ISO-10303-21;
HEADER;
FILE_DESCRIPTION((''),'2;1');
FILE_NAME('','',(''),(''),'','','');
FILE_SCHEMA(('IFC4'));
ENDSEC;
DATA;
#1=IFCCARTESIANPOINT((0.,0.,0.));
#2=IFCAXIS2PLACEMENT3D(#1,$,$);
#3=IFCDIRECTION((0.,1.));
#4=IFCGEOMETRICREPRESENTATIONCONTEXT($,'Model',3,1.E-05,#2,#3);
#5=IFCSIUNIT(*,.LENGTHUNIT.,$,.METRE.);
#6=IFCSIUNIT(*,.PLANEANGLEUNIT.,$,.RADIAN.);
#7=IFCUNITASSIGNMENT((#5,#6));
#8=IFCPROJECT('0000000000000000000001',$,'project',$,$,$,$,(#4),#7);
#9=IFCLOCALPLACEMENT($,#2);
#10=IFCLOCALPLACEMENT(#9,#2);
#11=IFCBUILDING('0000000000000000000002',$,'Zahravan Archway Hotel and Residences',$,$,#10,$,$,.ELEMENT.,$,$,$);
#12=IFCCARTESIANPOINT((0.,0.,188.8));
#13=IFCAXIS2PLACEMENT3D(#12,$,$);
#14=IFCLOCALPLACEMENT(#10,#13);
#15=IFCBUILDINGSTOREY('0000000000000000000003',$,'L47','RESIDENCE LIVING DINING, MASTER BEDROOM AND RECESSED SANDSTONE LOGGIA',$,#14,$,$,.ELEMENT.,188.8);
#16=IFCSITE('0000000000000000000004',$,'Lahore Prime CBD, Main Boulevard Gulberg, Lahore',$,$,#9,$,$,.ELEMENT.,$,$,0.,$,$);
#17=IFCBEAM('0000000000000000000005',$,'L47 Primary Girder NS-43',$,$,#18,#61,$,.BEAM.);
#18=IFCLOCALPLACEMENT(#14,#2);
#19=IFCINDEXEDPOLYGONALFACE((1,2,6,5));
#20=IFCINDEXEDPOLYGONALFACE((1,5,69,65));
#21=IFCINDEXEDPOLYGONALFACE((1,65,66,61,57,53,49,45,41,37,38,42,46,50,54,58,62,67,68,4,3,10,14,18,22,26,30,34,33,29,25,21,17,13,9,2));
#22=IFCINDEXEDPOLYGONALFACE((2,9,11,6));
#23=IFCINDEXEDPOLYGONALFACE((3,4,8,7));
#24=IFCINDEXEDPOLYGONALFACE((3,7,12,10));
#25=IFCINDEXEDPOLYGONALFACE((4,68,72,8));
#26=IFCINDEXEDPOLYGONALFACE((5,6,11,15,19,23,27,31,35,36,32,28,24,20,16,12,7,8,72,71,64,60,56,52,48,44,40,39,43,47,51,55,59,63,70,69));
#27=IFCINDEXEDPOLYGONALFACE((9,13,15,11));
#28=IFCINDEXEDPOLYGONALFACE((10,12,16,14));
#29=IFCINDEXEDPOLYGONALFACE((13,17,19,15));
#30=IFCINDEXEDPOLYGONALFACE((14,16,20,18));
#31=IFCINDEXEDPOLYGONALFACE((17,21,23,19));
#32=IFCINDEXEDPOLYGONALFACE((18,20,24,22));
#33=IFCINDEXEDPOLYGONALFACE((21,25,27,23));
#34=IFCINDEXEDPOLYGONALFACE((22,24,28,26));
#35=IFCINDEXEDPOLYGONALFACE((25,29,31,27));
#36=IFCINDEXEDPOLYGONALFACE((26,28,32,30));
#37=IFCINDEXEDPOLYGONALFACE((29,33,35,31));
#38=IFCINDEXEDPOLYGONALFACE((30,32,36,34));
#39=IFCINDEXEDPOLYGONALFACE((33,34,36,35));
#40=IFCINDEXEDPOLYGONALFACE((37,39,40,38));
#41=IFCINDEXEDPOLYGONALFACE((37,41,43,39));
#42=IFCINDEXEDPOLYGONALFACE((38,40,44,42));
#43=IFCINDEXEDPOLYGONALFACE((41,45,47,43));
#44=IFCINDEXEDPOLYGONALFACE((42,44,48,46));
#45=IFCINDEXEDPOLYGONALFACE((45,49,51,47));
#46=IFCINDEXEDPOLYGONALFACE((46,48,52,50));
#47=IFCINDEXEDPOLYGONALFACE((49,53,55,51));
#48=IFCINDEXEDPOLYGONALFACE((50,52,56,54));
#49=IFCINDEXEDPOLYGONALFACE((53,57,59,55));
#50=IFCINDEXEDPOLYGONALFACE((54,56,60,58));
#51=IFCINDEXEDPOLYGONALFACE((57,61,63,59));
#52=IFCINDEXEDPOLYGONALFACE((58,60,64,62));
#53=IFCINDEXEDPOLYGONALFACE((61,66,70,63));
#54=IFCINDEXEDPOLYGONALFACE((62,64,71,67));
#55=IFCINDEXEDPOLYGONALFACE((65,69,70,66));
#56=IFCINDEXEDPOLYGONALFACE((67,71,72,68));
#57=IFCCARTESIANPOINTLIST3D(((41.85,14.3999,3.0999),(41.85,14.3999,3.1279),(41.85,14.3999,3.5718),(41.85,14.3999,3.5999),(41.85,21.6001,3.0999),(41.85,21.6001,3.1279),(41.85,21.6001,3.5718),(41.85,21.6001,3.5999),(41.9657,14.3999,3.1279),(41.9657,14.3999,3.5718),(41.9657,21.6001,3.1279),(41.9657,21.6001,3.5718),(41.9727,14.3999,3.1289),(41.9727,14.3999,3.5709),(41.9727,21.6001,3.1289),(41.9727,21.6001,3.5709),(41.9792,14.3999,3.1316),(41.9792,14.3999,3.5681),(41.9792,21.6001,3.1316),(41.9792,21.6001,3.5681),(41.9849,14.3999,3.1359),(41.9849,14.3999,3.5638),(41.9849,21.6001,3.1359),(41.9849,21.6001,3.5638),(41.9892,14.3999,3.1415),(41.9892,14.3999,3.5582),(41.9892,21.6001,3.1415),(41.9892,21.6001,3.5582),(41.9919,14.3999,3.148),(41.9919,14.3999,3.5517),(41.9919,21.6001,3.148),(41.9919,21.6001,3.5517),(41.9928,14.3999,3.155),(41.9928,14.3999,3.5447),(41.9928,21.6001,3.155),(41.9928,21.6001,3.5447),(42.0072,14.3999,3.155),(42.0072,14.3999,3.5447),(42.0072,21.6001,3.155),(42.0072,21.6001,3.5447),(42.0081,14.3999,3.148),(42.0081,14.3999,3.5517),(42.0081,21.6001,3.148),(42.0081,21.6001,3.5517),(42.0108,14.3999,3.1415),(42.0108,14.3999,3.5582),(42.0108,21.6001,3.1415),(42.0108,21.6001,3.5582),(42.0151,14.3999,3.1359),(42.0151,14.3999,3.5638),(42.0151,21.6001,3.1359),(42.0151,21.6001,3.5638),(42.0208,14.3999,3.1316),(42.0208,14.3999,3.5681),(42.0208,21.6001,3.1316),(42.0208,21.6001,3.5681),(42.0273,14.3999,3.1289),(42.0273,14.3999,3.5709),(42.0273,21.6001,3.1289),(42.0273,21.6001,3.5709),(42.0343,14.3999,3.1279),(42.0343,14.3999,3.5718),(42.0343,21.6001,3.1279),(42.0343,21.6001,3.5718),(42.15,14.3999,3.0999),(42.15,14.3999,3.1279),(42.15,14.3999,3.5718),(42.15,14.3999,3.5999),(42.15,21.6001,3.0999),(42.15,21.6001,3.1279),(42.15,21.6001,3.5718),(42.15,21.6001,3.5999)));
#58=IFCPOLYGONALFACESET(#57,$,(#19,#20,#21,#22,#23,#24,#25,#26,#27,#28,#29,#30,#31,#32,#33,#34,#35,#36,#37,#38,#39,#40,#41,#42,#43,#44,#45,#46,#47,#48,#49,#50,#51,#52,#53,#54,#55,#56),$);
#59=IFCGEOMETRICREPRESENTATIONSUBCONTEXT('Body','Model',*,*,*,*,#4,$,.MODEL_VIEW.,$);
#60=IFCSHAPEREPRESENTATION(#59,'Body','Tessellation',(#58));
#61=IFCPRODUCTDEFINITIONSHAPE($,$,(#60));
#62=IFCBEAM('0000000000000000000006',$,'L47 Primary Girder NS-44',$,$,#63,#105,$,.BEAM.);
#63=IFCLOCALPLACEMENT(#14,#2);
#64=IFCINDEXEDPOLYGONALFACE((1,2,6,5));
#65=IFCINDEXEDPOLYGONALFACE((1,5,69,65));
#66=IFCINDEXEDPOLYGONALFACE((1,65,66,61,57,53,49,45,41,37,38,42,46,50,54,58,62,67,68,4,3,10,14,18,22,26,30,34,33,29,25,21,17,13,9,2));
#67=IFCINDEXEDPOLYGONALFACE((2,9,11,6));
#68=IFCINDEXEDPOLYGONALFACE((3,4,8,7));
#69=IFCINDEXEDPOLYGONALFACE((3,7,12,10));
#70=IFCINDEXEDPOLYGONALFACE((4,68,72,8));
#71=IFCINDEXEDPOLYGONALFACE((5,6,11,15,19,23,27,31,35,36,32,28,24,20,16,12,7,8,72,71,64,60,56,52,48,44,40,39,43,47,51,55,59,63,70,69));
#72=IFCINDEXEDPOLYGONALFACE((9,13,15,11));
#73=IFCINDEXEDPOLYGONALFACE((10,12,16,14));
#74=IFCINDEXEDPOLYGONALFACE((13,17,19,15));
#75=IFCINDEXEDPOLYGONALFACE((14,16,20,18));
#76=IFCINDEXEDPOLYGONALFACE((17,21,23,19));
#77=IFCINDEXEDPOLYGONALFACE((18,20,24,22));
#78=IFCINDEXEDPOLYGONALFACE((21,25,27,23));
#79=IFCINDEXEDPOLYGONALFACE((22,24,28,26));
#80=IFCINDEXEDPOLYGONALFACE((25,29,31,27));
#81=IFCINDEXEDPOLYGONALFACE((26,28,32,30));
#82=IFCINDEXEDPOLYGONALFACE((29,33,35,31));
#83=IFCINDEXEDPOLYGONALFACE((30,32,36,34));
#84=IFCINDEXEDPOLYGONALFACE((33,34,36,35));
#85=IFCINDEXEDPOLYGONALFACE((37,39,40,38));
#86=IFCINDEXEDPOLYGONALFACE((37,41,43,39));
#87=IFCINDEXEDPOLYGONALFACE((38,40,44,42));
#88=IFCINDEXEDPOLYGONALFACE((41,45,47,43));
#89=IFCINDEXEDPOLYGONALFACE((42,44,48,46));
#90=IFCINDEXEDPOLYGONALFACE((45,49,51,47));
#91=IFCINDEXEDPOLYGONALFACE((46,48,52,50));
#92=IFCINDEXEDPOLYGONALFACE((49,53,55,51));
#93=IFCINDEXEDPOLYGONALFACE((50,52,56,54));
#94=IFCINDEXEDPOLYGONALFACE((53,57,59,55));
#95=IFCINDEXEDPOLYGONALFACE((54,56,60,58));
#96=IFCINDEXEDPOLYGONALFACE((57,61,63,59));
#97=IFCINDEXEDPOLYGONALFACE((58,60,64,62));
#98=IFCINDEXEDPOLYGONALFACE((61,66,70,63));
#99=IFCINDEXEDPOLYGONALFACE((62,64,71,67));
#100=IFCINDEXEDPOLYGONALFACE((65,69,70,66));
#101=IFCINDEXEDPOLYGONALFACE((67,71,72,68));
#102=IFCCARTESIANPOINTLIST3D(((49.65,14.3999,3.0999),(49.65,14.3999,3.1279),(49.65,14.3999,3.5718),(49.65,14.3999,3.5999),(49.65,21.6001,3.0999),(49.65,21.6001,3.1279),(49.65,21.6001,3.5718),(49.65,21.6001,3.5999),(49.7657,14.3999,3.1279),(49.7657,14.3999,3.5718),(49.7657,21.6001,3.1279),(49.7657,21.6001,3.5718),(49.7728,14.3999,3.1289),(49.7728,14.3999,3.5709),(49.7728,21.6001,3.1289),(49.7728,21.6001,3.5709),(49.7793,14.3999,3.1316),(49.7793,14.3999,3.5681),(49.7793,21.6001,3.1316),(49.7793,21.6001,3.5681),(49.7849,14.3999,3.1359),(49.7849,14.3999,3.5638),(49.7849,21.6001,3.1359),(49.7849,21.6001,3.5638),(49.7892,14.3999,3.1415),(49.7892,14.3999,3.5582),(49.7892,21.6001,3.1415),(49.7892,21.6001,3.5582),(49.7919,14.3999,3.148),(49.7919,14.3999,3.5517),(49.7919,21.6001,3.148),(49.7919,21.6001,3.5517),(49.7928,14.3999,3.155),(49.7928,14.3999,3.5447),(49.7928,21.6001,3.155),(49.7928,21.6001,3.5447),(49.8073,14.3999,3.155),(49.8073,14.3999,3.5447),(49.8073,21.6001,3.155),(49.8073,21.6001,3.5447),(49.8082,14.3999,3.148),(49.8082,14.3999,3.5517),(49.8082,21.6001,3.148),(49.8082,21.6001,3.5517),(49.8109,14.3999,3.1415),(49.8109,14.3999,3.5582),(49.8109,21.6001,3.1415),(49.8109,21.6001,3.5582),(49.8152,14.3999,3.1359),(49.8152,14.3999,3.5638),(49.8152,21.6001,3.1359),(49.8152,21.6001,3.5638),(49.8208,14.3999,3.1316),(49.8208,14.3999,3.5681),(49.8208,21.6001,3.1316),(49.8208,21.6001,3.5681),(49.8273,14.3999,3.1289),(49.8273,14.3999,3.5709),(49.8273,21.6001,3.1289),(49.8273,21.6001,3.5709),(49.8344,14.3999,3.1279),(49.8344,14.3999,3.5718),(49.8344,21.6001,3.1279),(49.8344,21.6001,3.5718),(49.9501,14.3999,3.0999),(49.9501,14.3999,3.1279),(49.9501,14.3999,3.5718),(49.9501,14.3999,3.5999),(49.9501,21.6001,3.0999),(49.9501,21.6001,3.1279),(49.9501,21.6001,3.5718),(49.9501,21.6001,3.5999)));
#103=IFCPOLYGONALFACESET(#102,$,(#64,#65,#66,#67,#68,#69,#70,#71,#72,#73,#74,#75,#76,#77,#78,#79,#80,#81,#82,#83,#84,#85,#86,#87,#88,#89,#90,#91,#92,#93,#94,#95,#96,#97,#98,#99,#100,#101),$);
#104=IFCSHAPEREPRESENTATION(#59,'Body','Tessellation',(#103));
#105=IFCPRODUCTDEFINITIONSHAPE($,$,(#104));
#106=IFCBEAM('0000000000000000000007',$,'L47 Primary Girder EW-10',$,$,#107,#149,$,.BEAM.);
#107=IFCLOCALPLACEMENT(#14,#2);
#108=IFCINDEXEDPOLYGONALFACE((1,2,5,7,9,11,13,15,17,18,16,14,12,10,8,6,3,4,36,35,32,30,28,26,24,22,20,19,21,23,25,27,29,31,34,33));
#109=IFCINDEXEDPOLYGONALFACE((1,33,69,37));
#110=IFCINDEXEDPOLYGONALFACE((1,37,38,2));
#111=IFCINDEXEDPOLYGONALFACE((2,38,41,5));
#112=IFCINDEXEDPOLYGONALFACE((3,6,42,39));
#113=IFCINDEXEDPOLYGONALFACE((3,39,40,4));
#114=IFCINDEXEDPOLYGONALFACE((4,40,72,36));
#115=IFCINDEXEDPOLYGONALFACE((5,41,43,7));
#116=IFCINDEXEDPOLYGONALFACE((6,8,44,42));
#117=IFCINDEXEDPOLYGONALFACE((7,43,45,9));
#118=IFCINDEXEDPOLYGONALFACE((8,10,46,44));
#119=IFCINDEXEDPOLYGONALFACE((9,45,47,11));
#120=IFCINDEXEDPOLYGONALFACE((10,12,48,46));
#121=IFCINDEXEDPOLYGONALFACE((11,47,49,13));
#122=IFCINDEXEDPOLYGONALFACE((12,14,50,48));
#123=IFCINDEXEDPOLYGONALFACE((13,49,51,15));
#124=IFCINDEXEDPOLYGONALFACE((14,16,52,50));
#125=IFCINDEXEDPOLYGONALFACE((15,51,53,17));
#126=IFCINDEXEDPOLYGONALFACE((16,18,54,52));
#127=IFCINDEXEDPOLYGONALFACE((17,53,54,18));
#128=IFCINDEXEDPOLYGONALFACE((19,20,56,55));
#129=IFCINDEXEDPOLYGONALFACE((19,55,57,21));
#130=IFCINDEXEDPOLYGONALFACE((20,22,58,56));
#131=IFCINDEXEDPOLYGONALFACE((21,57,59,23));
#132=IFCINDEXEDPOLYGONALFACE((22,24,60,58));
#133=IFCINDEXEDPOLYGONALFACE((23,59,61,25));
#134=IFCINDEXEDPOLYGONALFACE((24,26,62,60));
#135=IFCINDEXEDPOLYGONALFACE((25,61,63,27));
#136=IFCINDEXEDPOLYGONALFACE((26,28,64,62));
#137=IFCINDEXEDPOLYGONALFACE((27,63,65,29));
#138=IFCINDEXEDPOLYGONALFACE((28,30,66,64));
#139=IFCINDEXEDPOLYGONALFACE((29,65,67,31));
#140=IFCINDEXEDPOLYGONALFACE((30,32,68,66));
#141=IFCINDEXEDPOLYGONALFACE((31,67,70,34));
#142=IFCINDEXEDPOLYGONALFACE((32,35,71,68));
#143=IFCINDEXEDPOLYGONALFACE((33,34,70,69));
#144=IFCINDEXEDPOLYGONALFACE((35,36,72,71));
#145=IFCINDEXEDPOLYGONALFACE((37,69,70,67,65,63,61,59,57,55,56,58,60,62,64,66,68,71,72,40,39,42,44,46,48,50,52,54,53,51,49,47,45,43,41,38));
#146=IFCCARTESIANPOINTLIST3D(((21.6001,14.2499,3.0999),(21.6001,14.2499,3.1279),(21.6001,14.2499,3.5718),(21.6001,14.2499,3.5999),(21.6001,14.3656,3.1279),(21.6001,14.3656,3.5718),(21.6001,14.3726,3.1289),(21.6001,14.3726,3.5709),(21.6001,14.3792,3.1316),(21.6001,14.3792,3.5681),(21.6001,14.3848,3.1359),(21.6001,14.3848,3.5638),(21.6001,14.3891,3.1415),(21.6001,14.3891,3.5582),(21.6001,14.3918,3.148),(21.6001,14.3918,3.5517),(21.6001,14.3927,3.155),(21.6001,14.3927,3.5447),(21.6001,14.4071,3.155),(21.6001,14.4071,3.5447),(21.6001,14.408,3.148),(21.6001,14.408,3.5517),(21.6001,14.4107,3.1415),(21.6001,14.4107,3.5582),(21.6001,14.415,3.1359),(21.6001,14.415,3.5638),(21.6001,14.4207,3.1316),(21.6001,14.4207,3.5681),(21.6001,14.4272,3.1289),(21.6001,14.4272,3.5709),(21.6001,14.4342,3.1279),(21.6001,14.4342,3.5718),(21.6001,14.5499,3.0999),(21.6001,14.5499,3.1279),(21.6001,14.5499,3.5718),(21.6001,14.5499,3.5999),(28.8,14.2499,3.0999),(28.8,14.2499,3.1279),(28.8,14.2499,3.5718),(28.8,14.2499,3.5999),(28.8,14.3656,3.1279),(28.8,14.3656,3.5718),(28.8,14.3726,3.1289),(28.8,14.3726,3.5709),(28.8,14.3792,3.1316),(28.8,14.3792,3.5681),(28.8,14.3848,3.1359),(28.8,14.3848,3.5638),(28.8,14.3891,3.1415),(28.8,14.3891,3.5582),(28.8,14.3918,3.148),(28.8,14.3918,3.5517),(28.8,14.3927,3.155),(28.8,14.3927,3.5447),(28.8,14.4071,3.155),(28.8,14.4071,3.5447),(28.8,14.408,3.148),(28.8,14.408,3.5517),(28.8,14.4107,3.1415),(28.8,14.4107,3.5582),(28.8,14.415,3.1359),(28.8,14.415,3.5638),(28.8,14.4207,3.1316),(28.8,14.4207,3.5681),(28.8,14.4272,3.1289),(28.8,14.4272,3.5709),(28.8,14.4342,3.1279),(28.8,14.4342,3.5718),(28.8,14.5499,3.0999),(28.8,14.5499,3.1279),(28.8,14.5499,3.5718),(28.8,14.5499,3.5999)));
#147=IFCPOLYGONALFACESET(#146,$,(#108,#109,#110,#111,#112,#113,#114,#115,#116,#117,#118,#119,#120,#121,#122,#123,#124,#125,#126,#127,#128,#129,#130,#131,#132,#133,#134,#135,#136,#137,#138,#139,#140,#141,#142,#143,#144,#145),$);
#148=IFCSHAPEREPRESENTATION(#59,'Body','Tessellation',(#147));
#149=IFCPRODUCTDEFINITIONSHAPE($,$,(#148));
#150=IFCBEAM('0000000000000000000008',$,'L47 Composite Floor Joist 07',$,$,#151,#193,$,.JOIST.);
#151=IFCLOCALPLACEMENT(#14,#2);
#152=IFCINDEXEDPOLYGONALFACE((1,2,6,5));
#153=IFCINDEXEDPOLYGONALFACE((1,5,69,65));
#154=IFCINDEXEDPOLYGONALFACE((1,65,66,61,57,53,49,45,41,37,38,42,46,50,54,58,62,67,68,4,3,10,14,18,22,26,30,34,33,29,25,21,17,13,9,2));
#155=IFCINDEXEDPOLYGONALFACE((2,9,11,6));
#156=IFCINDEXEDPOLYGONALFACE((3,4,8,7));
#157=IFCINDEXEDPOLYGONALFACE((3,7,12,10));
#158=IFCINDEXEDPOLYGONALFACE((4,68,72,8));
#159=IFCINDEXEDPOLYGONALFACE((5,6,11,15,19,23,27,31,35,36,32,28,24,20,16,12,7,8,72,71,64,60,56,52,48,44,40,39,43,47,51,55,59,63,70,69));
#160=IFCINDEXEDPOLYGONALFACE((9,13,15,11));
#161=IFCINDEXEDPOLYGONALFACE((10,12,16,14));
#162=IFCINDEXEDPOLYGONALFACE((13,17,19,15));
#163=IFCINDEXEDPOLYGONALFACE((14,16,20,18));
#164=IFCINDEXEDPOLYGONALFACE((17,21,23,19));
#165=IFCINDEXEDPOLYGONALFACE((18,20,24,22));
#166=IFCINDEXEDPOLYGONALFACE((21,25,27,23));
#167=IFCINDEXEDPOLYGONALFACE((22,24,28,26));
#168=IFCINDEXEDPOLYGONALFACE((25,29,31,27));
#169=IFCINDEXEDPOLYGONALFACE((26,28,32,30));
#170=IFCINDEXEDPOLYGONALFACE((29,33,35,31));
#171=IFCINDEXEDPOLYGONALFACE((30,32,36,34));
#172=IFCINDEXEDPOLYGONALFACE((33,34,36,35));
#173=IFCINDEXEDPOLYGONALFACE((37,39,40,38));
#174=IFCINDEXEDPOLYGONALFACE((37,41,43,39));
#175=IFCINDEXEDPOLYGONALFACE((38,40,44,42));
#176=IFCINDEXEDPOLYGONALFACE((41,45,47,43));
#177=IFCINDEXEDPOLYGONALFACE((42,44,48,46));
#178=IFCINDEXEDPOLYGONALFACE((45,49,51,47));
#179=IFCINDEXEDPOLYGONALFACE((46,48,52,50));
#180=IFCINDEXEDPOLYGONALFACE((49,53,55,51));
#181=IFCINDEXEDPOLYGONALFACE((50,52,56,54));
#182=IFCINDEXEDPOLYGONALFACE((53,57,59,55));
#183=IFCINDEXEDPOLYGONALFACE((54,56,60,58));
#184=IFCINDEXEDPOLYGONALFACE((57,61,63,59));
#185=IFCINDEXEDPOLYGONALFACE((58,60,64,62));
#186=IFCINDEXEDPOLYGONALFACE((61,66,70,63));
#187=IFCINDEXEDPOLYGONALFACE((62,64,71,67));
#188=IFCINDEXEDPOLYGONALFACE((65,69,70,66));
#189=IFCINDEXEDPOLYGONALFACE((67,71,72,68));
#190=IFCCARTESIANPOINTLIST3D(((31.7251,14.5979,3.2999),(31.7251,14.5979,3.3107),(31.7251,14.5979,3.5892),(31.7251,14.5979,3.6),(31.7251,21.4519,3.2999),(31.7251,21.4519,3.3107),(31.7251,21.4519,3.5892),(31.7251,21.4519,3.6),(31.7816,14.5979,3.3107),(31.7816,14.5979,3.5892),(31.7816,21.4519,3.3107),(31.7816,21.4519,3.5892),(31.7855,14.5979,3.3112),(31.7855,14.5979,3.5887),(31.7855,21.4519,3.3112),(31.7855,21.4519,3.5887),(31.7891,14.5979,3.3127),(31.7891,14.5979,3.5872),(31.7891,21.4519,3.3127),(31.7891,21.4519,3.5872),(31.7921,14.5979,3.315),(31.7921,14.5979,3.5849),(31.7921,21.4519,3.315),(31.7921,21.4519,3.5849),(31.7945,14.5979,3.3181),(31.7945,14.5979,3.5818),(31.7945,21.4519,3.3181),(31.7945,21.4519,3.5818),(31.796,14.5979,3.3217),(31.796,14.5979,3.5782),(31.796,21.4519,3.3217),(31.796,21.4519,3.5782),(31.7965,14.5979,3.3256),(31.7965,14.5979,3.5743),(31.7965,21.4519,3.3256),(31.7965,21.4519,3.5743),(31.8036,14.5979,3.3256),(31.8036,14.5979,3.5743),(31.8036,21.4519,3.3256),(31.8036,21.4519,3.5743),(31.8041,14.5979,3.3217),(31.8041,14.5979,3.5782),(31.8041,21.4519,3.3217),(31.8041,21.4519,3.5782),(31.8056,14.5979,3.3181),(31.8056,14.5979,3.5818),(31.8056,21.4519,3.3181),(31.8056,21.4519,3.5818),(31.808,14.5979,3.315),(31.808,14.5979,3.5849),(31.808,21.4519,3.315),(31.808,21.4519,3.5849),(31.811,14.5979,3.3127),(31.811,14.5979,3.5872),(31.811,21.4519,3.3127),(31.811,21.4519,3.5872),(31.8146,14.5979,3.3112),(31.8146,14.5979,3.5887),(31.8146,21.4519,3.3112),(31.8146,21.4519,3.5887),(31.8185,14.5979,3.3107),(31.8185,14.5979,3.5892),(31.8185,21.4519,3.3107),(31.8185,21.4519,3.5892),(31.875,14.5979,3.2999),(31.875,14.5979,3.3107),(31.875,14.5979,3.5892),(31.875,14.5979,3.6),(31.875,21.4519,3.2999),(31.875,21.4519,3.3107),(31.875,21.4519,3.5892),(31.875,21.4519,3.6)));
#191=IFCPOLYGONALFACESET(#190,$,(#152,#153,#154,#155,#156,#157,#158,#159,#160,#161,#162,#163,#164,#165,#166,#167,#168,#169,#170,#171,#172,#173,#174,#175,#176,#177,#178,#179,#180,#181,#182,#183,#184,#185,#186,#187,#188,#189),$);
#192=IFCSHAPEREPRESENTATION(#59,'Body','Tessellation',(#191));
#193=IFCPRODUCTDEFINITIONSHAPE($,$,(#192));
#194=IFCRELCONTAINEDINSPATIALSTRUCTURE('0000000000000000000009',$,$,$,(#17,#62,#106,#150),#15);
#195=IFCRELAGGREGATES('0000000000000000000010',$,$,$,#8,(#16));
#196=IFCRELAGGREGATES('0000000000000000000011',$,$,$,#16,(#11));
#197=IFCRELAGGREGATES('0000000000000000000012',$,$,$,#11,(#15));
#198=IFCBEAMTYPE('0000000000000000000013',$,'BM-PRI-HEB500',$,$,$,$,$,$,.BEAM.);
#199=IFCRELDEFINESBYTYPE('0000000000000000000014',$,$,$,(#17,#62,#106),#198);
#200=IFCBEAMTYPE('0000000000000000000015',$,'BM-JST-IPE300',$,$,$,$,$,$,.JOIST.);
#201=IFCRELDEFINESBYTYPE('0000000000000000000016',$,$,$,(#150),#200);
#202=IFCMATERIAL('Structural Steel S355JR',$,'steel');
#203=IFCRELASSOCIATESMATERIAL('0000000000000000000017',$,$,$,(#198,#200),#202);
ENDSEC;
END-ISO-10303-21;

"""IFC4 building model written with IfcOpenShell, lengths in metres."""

from ifc_helpers import new_model, si_unit, direction, frame, origin, origin_2d, place, context, subcontext, project, spatial, i_section, extrude, source, transform, mapped, material, material_profile, profile_set, type_object, type_shapes, element, save


model = new_model("IFC4")

# Units and contexts
model_context = context("Model", 3, precision=1e-05, world=origin(), true_north=direction((0.0, 1.0)))
body_context = subcontext(model_context, "Body", "Model", "MODEL_VIEW")
ifc_project = project(units=[si_unit("LENGTHUNIT", "METRE"), si_unit("PLANEANGLEUNIT", "RADIAN")], contexts=[model_context])

# Site, building, storey
site_placement = place(None, origin())
site = spatial("IfcSite", under=ifc_project, at=site_placement, Name="Lahore Prime CBD, Main Boulevard Gulberg, Lahore", CompositionType="ELEMENT", RefElevation=0.0)
building_placement = place(site_placement, origin())
building = spatial("IfcBuilding", under=site, at=building_placement, Name="Zahravan Archway Hotel and Residences", CompositionType="ELEMENT")
storey_placement = place(building_placement, frame((0.0, 0.0, 188.8)))
storey = spatial("IfcBuildingStorey", under=building, at=storey_placement, Name="L47", Description="RESIDENCE LIVING DINING, MASTER BEDROOM AND RECESSED SANDSTONE LOGGIA", CompositionType="ELEMENT", Elevation=188.8)

# Beams
ifc_material_1 = material(Name="Structural Steel S355JR", Category="steel")
ifc_material_profile_1 = material_profile(ifc_material_1, i_section(OverallWidth=0.3, OverallDepth=0.5, WebThickness=0.0144, FlangeThickness=0.0281, FilletRadius=0.0271, at=origin_2d()), Name="HEB 500", Category="steel")
ifc_profile_set_1 = profile_set([ifc_material_profile_1], Name="Structural Steel S355JR")
beam_type_1 = type_object("IfcBeamType", Name="BM-PRI-HEB500", PredefinedType="BEAM", material=ifc_profile_set_1)
shared_shape_1 = source(origin(), body_context, "Body", "SweptSolid", [
    extrude(i_section(OverallWidth=0.3, OverallDepth=0.5, WebThickness=0.0144, FlangeThickness=0.0281, FilletRadius=0.0271, at=origin_2d()), origin(), (0.0, 0.0, 1.0), 7.2002),
])
type_shapes(beam_type_1, [shared_shape_1])
for number, where, z_axis, x_axis, name in (
    (1, (42.0, 14.3999, 3.3499), (0.0, 1.0, 0.0), (-1.0, 0.0, 0.0), "L47 Primary Girder NS-43"),
    (2, (49.8, 14.3999, 3.3499), (0.0, 1.0, 0.0), (-1.0, 0.0, 0.0), "L47 Primary Girder NS-44"),
):
    element("IfcBeam", number, at=place(storey_placement, frame(where, z_axis=z_axis, x_axis=x_axis)), inside=storey, type_object=beam_type_1, Name=name, PredefinedType="BEAM", context=body_context, shape_type="MappedRepresentation", body=[
        mapped(shared_shape_1, transform((0.0, 0.0, 0.0), scale=1.0)),
    ])
shared_shape_2 = source(origin(), body_context, "Body", "SweptSolid", [
    extrude(i_section(OverallWidth=0.3, OverallDepth=0.5, WebThickness=0.0144, FlangeThickness=0.0281, FilletRadius=0.0271, at=origin_2d()), origin(), (0.0, 0.0, 1.0), 7.2),
])
beam_1_placement = place(storey_placement, frame((21.6001, 14.3999, 3.3499), z_axis=(1.0, 0.0, 0.0), x_axis=(0.0, 1.0, 0.0)))
element("IfcBeam", 3, at=beam_1_placement, inside=storey, type_object=beam_type_1, Name="L47 Primary Girder EW-10", PredefinedType="BEAM", context=body_context, shape_type="MappedRepresentation", body=[
    mapped(shared_shape_2, transform((0.0, 0.0, 0.0), scale=1.0)),
])
ifc_material_profile_2 = material_profile(ifc_material_1, i_section(OverallWidth=0.1499, OverallDepth=0.3, WebThickness=0.0071, FlangeThickness=0.0107, FilletRadius=0.0149, at=origin_2d()), Name="IPE 300", Category="steel")
ifc_profile_set_2 = profile_set([ifc_material_profile_2], Name="Structural Steel S355JR")
beam_type_2 = type_object("IfcBeamType", Name="BM-JST-IPE300", PredefinedType="JOIST", material=ifc_profile_set_2)
shared_shape_3 = source(origin(), body_context, "Body", "SweptSolid", [
    extrude(i_section(OverallWidth=0.1499, OverallDepth=0.3, WebThickness=0.0071, FlangeThickness=0.0107, FilletRadius=0.0149, at=origin_2d()), origin(), (0.0, 0.0, 1.0), 6.854),
])
beam_2_placement = place(storey_placement, frame((31.8, 14.5979, 3.45), z_axis=(0.0, 1.0, 0.0), x_axis=(-1.0, 0.0, 0.0)))
element("IfcBeam", 4, at=beam_2_placement, inside=storey, type_object=beam_type_2, Name="L47 Composite Floor Joist 07", PredefinedType="JOIST", context=body_context, shape_type="MappedRepresentation", body=[
    mapped(shared_shape_3, transform((0.0, 0.0, 0.0), scale=1.0)),
])

save(model, "model.ifc")
